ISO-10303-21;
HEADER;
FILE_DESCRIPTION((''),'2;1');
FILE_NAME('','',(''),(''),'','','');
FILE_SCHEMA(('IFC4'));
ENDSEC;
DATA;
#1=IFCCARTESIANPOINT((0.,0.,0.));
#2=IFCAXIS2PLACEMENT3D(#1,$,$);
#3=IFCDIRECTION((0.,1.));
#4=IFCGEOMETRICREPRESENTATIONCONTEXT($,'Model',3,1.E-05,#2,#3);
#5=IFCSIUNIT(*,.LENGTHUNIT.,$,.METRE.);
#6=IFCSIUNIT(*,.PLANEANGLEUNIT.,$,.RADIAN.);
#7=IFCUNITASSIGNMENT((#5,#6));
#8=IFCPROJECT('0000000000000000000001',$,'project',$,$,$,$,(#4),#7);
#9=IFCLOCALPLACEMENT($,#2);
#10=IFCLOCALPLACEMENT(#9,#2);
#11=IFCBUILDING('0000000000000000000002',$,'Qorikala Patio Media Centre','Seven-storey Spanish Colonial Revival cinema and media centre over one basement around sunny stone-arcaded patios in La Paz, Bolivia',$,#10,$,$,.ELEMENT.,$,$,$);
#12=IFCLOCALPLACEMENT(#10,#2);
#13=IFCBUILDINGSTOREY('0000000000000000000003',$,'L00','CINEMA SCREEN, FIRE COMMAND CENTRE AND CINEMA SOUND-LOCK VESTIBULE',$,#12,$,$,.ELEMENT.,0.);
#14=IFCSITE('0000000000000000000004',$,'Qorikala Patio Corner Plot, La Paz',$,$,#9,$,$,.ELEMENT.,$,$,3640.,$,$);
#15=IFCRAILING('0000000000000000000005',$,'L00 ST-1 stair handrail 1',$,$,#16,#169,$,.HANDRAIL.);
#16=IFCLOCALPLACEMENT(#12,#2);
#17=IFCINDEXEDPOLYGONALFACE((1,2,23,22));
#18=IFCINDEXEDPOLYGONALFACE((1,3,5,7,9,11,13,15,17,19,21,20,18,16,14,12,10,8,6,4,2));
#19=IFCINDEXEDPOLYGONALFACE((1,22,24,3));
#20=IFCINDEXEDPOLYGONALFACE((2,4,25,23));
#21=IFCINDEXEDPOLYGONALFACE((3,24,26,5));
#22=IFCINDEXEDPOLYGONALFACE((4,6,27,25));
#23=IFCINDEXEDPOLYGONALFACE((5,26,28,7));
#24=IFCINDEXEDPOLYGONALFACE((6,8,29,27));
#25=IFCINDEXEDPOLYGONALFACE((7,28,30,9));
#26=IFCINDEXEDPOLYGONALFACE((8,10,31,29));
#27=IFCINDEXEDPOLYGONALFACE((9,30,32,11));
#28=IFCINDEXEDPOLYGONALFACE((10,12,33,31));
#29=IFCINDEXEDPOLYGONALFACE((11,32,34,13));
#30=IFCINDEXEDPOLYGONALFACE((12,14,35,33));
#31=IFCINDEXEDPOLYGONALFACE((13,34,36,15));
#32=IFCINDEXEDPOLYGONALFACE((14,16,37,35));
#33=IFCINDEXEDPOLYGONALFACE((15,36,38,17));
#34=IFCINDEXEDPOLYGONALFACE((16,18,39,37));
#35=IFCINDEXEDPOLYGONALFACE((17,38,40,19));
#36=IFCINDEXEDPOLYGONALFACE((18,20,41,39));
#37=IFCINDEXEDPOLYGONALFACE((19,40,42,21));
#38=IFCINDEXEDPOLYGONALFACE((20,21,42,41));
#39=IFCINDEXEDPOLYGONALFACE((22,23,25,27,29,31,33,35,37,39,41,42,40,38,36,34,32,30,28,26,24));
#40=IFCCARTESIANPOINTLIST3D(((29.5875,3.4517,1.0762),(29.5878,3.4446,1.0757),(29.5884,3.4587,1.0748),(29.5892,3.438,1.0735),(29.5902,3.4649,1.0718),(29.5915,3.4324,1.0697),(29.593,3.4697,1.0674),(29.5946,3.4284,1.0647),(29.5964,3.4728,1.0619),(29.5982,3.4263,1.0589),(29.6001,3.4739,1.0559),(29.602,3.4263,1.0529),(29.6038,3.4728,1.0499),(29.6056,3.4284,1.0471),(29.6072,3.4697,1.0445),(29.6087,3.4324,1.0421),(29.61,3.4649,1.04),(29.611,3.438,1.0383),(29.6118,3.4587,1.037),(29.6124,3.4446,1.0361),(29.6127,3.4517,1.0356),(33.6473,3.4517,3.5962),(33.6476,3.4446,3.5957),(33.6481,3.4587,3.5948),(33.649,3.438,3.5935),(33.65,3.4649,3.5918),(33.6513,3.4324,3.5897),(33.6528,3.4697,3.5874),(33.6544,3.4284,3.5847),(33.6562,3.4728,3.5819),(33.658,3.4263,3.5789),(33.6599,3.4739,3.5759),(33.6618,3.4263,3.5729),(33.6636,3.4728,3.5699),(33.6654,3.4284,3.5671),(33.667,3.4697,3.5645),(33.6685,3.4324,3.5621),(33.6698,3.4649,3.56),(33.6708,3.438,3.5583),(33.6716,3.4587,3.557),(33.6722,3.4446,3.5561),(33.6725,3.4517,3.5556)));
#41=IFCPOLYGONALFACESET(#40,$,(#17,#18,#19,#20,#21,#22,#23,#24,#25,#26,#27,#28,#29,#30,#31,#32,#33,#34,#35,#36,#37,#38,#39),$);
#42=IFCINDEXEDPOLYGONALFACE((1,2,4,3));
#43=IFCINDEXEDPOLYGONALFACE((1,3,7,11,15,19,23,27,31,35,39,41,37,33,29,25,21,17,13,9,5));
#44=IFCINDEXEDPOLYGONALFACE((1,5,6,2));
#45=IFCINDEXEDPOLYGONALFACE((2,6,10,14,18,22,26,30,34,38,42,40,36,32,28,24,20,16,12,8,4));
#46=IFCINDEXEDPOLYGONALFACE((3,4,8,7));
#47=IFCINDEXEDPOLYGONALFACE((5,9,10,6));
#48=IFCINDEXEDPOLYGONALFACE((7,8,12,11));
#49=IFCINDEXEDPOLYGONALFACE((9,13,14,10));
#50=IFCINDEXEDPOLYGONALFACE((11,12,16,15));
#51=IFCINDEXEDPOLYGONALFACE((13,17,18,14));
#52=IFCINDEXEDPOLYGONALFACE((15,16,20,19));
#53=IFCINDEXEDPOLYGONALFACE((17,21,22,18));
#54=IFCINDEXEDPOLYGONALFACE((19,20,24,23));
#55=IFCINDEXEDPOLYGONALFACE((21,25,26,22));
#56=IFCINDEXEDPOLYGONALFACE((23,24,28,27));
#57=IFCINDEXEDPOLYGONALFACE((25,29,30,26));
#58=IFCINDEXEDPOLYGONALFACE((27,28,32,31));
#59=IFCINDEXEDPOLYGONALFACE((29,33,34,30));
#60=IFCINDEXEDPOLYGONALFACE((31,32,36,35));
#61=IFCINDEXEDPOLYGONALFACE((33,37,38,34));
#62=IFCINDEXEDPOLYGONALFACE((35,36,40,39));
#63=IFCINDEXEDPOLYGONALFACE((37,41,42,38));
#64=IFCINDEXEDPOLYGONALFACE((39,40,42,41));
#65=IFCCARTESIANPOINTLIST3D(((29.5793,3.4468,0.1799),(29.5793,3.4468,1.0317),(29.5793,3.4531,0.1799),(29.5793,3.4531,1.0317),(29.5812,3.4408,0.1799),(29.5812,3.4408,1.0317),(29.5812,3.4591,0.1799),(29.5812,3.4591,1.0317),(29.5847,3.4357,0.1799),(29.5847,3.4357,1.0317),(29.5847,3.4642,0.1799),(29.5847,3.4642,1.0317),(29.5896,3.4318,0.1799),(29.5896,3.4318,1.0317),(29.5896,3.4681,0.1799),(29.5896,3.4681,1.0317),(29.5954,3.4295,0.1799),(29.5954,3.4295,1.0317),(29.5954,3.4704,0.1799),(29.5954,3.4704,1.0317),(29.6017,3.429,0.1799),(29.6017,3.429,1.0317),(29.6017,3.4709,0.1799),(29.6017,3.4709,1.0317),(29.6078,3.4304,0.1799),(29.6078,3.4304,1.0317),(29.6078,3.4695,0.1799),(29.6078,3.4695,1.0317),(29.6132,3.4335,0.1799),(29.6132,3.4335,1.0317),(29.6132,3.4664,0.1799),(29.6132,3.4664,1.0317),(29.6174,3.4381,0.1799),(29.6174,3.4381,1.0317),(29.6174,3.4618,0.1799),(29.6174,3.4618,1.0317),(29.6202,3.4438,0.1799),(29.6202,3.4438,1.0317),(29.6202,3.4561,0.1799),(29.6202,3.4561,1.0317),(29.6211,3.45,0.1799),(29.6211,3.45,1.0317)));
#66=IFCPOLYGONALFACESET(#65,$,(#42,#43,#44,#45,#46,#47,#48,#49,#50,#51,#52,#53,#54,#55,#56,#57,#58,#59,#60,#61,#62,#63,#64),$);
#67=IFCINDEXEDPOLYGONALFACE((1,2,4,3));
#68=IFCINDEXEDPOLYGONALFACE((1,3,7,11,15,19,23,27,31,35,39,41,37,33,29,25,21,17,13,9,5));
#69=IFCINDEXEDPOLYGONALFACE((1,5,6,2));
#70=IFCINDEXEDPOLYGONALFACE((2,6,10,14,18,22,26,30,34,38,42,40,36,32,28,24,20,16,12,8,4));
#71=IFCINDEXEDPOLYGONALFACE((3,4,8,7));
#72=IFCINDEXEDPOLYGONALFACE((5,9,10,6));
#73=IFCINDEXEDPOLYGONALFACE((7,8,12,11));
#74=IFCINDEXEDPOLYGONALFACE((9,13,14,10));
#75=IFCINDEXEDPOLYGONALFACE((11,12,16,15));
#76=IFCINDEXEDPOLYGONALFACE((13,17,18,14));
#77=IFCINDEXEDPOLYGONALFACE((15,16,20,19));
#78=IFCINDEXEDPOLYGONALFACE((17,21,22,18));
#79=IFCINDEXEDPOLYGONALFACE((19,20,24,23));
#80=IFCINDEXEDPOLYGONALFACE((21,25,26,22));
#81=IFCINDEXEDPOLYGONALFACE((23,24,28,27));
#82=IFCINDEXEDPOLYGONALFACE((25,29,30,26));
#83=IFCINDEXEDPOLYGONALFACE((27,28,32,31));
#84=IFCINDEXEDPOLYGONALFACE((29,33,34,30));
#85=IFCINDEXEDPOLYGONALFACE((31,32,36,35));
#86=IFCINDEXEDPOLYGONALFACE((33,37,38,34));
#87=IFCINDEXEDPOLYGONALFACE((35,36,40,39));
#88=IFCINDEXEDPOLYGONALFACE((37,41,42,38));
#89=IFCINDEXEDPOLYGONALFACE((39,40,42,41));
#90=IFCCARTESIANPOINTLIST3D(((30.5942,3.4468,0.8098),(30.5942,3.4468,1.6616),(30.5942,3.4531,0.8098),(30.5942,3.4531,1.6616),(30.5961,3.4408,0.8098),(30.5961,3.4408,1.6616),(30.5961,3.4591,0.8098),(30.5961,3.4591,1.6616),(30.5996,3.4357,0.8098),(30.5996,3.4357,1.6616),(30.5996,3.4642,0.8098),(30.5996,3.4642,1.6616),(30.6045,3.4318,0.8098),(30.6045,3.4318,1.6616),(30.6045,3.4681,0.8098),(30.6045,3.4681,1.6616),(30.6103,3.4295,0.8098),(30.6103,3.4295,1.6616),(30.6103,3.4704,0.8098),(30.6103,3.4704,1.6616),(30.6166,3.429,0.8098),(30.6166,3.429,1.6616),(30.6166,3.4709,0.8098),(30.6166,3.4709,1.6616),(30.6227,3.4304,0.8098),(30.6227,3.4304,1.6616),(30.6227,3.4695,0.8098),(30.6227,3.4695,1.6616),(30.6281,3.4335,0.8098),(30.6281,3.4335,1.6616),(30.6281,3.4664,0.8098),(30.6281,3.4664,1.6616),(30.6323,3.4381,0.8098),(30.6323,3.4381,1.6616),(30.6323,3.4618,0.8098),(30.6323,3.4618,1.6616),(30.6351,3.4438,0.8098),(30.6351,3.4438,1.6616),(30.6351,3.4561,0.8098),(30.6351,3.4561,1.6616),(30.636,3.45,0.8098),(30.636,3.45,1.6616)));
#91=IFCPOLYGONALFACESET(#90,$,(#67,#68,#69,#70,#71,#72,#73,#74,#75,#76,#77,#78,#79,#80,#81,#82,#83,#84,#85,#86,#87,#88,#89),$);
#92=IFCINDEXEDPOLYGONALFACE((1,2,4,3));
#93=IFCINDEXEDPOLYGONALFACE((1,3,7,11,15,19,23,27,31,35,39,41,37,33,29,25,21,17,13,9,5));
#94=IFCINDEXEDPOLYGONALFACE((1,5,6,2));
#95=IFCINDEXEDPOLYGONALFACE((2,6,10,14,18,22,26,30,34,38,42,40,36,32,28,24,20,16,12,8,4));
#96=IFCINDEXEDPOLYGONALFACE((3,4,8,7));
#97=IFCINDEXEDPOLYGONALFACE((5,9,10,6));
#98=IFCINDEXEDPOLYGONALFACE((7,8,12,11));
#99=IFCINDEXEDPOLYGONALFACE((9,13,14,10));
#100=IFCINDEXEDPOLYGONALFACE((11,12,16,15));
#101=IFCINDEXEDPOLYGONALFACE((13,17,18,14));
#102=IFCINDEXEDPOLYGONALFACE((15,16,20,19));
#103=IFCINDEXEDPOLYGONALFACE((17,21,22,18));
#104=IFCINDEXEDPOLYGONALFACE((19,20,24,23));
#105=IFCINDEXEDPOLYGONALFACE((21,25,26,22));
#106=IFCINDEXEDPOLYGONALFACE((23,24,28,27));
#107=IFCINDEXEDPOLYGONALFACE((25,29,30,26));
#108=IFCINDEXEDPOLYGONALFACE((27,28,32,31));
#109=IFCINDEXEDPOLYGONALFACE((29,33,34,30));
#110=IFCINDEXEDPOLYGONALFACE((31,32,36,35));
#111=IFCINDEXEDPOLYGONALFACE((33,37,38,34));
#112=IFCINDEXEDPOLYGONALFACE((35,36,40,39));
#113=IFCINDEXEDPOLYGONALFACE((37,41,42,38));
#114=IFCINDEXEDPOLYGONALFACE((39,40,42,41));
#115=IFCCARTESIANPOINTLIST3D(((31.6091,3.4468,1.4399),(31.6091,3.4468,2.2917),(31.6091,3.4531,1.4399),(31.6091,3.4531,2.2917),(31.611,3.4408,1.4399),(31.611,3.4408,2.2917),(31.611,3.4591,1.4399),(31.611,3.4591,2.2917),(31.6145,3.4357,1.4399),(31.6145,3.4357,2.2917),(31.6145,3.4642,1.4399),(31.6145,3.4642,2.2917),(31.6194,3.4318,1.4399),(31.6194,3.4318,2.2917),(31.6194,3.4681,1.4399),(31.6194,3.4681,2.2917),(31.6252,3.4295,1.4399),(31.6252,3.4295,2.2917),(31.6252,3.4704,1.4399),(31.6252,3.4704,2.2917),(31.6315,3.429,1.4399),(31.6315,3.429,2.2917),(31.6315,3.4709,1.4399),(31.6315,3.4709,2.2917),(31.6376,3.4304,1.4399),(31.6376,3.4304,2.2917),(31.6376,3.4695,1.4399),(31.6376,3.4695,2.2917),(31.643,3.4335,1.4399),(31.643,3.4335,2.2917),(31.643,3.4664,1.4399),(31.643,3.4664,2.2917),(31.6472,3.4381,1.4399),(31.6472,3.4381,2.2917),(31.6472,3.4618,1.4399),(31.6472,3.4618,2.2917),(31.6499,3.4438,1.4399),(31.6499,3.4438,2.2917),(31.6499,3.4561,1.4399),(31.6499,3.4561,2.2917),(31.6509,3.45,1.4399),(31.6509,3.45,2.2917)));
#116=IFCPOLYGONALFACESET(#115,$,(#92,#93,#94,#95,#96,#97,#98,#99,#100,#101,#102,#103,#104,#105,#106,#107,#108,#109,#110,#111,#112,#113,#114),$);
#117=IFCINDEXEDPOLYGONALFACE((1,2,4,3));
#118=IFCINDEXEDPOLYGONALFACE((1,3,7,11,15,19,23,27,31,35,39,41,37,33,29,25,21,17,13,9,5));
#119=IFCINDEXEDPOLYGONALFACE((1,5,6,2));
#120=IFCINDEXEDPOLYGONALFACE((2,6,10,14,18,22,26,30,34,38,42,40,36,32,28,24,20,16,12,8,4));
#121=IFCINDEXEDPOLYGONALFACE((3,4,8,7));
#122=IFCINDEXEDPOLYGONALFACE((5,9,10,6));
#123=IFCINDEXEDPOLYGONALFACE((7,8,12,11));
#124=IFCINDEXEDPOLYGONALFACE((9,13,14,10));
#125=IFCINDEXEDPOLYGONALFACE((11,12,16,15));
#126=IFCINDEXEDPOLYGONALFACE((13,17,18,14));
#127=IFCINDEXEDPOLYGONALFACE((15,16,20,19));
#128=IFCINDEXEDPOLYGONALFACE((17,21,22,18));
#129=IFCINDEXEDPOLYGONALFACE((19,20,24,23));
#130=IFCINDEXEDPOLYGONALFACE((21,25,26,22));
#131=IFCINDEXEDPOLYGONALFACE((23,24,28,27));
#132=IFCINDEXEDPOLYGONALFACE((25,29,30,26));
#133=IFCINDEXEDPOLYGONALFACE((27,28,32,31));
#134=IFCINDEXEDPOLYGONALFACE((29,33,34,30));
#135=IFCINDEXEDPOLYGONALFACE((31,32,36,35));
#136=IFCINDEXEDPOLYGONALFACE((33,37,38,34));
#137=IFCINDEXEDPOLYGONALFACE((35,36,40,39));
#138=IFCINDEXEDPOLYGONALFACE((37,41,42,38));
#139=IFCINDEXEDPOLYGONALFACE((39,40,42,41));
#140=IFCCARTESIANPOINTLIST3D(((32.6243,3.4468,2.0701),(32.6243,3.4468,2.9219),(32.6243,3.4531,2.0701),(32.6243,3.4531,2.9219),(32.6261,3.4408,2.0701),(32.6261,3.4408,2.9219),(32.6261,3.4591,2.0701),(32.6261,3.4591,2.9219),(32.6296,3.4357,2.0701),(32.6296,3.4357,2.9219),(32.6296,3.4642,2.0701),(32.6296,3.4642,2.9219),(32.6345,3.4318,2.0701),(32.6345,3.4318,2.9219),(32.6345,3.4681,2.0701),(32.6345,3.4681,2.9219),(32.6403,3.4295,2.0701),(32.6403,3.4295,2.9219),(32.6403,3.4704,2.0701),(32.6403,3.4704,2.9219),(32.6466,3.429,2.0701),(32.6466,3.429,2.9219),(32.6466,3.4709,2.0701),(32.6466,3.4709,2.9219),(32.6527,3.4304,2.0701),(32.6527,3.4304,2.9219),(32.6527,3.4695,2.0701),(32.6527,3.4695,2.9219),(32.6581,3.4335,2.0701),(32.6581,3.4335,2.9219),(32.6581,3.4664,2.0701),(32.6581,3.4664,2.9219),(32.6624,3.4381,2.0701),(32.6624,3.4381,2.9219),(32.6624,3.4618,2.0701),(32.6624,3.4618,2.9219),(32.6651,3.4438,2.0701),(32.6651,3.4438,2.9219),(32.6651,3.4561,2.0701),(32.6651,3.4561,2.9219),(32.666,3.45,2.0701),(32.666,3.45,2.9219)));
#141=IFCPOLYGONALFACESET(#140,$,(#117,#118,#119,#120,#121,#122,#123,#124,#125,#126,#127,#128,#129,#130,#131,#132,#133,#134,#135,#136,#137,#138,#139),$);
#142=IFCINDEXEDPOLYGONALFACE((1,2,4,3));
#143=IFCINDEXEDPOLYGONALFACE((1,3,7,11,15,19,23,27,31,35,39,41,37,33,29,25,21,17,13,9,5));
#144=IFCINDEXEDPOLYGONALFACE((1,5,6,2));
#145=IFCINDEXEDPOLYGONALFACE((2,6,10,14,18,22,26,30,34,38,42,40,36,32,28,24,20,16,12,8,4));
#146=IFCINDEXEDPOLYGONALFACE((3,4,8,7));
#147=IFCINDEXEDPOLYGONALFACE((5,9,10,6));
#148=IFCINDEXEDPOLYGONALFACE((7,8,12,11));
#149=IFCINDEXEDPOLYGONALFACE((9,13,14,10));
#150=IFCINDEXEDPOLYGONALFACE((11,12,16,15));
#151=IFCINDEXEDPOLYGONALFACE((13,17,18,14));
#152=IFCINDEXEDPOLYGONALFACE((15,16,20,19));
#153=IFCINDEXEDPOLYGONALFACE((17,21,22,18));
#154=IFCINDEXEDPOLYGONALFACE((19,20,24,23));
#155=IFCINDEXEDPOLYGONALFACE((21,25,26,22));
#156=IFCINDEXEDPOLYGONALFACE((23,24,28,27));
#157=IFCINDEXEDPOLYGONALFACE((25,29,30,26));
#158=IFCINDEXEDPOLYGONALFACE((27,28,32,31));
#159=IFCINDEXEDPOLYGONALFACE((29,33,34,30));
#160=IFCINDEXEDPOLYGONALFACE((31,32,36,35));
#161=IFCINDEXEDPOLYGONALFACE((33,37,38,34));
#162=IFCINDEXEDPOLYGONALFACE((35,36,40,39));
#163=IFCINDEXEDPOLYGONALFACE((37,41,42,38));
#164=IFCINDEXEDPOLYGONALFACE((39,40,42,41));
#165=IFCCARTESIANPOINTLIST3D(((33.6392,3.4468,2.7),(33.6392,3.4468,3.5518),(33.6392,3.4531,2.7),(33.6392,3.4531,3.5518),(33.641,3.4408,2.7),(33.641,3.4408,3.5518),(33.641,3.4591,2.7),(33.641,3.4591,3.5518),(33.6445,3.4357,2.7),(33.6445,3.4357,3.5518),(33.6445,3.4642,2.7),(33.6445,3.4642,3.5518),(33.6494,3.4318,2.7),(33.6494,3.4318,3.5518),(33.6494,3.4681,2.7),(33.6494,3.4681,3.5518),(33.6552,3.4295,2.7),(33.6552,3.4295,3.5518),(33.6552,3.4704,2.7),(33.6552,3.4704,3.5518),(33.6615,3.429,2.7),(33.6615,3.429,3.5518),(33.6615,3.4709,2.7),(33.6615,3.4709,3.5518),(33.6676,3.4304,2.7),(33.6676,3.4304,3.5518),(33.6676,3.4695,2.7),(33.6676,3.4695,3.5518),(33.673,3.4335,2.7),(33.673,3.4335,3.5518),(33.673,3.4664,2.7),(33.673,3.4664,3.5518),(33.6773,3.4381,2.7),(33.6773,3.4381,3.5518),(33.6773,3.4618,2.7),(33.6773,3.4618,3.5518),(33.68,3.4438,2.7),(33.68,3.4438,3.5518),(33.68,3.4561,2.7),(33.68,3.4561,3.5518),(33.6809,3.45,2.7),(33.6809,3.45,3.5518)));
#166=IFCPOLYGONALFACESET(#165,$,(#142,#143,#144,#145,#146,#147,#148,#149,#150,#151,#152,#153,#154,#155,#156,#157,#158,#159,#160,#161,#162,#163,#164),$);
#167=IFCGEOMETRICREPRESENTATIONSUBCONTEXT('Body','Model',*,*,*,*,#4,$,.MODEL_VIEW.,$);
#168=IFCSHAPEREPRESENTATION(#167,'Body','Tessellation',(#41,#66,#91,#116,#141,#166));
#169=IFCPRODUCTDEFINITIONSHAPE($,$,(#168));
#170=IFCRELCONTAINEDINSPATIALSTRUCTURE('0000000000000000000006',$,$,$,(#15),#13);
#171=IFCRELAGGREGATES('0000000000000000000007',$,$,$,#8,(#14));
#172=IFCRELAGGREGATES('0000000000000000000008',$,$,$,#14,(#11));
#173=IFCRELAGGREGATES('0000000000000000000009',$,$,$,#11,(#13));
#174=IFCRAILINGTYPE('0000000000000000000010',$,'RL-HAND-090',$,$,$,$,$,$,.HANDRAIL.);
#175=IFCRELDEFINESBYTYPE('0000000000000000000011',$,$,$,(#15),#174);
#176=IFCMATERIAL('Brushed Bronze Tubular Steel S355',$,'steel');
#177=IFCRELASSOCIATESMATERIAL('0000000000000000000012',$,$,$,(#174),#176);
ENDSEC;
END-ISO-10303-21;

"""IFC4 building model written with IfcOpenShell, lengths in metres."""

from ifc_helpers import new_model, si_unit, direction, frame, origin, origin_2d, place, context, subcontext, project, spatial, circle, extrude, material, type_object, element, save


model = new_model("IFC4")

# Units and contexts
model_context = context("Model", 3, precision=1e-05, world=origin(), true_north=direction((0.0, 1.0)))
body_context = subcontext(model_context, "Body", "Model", "MODEL_VIEW")
ifc_project = project(units=[si_unit("LENGTHUNIT", "METRE"), si_unit("PLANEANGLEUNIT", "RADIAN")], contexts=[model_context])

# Site, building, storey
site_placement = place(None, origin())
site = spatial("IfcSite", under=ifc_project, at=site_placement, Name="Qorikala Patio Corner Plot, La Paz", CompositionType="ELEMENT", RefElevation=3640.0)
building_placement = place(site_placement, origin())
building = spatial("IfcBuilding", under=site, at=building_placement, Name="Qorikala Patio Media Centre", Description="Seven-storey Spanish Colonial Revival cinema and media centre over one basement around sunny stone-arcaded patios in La Paz, Bolivia", CompositionType="ELEMENT")
storey_placement = place(building_placement, origin())
storey = spatial("IfcBuildingStorey", under=building, at=storey_placement, Name="L00", Description="CINEMA SCREEN, FIRE COMMAND CENTRE AND CINEMA SOUND-LOCK VESTIBULE", CompositionType="ELEMENT", Elevation=0.0)

# Railing
ifc_material_1 = material(Name="Brushed Bronze Tubular Steel S355", Category="steel")
railing_type_1 = type_object("IfcRailingType", Name="RL-HAND-090", PredefinedType="HANDRAIL", material=ifc_material_1)
railing_1_placement = place(storey_placement, frame((29.6001, 3.45, 0.1799)))
element("IfcRailing", 1, at=railing_1_placement, inside=storey, type_object=railing_type_1, Name="L00 ST-1 stair handrail 1", PredefinedType="HANDRAIL", context=body_context, shape_type="SweptSolid", body=[
    extrude(circle(Radius=0.0239, at=origin_2d()), frame((0.0, 0.0, 0.876), z_axis=(0.849628, 0.0, 0.527383), x_axis=(0.0, 1.0, 0.0)), (0.0, 0.0, 1.0), 4.7783),
    extrude(circle(Radius=0.021, at=origin_2d()), origin(), (0.0, 0.0, 1.0), 0.8518),
    extrude(circle(Radius=0.021, at=origin_2d()), frame((1.0149, 0.0, 0.6299)), (0.0, 0.0, 1.0), 0.8518),
    extrude(circle(Radius=0.021, at=origin_2d()), frame((2.0298, 0.0, 1.26)), (0.0, 0.0, 1.0), 0.8518),
    extrude(circle(Radius=0.021, at=origin_2d()), frame((3.0449, 0.0, 1.8901)), (0.0, 0.0, 1.0), 0.8518),
    extrude(circle(Radius=0.021, at=origin_2d()), frame((4.0598, 0.0, 2.52)), (0.0, 0.0, 1.0), 0.8518),
])

save(model, "model.ifc")
